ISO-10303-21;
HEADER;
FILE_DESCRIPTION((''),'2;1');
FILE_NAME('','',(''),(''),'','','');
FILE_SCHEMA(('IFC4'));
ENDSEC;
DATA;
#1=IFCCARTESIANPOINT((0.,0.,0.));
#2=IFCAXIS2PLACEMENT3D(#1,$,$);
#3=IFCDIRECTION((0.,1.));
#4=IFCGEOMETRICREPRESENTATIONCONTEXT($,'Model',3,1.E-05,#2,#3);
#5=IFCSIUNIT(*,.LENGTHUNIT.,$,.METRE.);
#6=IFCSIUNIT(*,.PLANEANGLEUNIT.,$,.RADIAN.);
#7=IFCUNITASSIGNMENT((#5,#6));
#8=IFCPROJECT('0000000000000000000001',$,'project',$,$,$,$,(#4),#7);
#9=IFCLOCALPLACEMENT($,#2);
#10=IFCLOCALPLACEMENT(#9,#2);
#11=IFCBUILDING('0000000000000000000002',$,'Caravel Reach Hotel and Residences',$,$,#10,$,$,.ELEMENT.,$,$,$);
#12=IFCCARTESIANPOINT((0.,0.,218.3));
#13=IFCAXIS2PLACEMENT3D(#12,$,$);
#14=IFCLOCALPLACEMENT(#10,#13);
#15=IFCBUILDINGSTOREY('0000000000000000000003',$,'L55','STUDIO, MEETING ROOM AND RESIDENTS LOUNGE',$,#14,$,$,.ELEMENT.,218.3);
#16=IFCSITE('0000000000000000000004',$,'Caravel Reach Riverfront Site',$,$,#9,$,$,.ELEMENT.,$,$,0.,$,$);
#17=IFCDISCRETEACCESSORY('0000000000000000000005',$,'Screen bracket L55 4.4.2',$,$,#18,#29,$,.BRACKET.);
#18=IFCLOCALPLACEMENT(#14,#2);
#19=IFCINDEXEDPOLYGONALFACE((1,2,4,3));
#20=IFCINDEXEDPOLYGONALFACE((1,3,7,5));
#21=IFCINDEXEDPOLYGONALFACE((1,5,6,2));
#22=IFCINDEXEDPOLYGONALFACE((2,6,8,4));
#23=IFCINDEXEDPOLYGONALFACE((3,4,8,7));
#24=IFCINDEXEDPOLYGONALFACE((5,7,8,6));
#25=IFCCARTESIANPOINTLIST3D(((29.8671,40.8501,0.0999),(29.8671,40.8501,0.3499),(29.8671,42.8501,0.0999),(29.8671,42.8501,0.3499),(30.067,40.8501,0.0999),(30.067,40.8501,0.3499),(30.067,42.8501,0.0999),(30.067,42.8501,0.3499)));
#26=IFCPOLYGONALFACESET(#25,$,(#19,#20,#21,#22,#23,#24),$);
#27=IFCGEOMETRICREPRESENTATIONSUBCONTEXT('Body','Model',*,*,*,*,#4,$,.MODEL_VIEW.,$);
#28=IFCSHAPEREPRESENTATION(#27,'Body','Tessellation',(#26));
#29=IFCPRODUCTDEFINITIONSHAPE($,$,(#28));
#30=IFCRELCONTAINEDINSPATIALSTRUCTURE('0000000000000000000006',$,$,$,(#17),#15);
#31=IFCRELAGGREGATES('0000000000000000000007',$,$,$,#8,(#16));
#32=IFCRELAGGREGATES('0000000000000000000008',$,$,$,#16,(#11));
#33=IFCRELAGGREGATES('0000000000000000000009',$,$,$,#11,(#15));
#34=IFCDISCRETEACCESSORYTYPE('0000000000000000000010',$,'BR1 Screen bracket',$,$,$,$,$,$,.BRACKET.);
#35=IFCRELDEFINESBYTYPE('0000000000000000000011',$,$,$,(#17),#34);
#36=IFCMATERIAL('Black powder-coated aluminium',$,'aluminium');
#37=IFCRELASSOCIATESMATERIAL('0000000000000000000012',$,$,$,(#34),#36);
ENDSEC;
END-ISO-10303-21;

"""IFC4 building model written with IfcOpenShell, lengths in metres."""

from ifc_helpers import new_model, si_unit, direction, frame, origin, origin_2d, place, context, subcontext, project, spatial, rectangle, extrude, material, type_object, element, save


model = new_model("IFC4")

# Units and contexts
model_context = context("Model", 3, precision=1e-05, world=origin(), true_north=direction((0.0, 1.0)))
body_context = subcontext(model_context, "Body", "Model", "MODEL_VIEW")
ifc_project = project(units=[si_unit("LENGTHUNIT", "METRE"), si_unit("PLANEANGLEUNIT", "RADIAN")], contexts=[model_context])

# Site, building, storey
site_placement = place(None, origin())
site = spatial("IfcSite", under=ifc_project, at=site_placement, Name="Caravel Reach Riverfront Site", CompositionType="ELEMENT", RefElevation=0.0)
building_placement = place(site_placement, origin())
building = spatial("IfcBuilding", under=site, at=building_placement, Name="Caravel Reach Hotel and Residences", CompositionType="ELEMENT")
storey_placement = place(building_placement, frame((0.0, 0.0, 218.3)))
storey = spatial("IfcBuildingStorey", under=building, at=storey_placement, Name="L55", Description="STUDIO, MEETING ROOM AND RESIDENTS LOUNGE", CompositionType="ELEMENT", Elevation=218.3)

# Discrete accessory
ifc_material_1 = material(Name="Black powder-coated aluminium", Category="aluminium")
discrete_accessory_type = type_object("IfcDiscreteAccessoryType", Name="BR1 Screen bracket", PredefinedType="BRACKET", material=ifc_material_1)
for number, where, z_axis, x_axis, name in (
    (1, (29.967, 41.8501, 0.0999), (0.0, 0.0, 1.0), (0.0, 1.0, 0.0), "Screen bracket L55 4.4.2"),
):
    element("IfcDiscreteAccessory", number, at=place(storey_placement, frame(where, z_axis=z_axis, x_axis=x_axis)), inside=storey, type_object=discrete_accessory_type, Name=name, PredefinedType="BRACKET", context=body_context, shape_type="SweptSolid", body=[
        extrude(rectangle(XDim=2.0, YDim=0.2, at=origin_2d()), origin(), (0.0, 0.0, 1.0), 0.25),
    ])

save(model, "model.ifc")
